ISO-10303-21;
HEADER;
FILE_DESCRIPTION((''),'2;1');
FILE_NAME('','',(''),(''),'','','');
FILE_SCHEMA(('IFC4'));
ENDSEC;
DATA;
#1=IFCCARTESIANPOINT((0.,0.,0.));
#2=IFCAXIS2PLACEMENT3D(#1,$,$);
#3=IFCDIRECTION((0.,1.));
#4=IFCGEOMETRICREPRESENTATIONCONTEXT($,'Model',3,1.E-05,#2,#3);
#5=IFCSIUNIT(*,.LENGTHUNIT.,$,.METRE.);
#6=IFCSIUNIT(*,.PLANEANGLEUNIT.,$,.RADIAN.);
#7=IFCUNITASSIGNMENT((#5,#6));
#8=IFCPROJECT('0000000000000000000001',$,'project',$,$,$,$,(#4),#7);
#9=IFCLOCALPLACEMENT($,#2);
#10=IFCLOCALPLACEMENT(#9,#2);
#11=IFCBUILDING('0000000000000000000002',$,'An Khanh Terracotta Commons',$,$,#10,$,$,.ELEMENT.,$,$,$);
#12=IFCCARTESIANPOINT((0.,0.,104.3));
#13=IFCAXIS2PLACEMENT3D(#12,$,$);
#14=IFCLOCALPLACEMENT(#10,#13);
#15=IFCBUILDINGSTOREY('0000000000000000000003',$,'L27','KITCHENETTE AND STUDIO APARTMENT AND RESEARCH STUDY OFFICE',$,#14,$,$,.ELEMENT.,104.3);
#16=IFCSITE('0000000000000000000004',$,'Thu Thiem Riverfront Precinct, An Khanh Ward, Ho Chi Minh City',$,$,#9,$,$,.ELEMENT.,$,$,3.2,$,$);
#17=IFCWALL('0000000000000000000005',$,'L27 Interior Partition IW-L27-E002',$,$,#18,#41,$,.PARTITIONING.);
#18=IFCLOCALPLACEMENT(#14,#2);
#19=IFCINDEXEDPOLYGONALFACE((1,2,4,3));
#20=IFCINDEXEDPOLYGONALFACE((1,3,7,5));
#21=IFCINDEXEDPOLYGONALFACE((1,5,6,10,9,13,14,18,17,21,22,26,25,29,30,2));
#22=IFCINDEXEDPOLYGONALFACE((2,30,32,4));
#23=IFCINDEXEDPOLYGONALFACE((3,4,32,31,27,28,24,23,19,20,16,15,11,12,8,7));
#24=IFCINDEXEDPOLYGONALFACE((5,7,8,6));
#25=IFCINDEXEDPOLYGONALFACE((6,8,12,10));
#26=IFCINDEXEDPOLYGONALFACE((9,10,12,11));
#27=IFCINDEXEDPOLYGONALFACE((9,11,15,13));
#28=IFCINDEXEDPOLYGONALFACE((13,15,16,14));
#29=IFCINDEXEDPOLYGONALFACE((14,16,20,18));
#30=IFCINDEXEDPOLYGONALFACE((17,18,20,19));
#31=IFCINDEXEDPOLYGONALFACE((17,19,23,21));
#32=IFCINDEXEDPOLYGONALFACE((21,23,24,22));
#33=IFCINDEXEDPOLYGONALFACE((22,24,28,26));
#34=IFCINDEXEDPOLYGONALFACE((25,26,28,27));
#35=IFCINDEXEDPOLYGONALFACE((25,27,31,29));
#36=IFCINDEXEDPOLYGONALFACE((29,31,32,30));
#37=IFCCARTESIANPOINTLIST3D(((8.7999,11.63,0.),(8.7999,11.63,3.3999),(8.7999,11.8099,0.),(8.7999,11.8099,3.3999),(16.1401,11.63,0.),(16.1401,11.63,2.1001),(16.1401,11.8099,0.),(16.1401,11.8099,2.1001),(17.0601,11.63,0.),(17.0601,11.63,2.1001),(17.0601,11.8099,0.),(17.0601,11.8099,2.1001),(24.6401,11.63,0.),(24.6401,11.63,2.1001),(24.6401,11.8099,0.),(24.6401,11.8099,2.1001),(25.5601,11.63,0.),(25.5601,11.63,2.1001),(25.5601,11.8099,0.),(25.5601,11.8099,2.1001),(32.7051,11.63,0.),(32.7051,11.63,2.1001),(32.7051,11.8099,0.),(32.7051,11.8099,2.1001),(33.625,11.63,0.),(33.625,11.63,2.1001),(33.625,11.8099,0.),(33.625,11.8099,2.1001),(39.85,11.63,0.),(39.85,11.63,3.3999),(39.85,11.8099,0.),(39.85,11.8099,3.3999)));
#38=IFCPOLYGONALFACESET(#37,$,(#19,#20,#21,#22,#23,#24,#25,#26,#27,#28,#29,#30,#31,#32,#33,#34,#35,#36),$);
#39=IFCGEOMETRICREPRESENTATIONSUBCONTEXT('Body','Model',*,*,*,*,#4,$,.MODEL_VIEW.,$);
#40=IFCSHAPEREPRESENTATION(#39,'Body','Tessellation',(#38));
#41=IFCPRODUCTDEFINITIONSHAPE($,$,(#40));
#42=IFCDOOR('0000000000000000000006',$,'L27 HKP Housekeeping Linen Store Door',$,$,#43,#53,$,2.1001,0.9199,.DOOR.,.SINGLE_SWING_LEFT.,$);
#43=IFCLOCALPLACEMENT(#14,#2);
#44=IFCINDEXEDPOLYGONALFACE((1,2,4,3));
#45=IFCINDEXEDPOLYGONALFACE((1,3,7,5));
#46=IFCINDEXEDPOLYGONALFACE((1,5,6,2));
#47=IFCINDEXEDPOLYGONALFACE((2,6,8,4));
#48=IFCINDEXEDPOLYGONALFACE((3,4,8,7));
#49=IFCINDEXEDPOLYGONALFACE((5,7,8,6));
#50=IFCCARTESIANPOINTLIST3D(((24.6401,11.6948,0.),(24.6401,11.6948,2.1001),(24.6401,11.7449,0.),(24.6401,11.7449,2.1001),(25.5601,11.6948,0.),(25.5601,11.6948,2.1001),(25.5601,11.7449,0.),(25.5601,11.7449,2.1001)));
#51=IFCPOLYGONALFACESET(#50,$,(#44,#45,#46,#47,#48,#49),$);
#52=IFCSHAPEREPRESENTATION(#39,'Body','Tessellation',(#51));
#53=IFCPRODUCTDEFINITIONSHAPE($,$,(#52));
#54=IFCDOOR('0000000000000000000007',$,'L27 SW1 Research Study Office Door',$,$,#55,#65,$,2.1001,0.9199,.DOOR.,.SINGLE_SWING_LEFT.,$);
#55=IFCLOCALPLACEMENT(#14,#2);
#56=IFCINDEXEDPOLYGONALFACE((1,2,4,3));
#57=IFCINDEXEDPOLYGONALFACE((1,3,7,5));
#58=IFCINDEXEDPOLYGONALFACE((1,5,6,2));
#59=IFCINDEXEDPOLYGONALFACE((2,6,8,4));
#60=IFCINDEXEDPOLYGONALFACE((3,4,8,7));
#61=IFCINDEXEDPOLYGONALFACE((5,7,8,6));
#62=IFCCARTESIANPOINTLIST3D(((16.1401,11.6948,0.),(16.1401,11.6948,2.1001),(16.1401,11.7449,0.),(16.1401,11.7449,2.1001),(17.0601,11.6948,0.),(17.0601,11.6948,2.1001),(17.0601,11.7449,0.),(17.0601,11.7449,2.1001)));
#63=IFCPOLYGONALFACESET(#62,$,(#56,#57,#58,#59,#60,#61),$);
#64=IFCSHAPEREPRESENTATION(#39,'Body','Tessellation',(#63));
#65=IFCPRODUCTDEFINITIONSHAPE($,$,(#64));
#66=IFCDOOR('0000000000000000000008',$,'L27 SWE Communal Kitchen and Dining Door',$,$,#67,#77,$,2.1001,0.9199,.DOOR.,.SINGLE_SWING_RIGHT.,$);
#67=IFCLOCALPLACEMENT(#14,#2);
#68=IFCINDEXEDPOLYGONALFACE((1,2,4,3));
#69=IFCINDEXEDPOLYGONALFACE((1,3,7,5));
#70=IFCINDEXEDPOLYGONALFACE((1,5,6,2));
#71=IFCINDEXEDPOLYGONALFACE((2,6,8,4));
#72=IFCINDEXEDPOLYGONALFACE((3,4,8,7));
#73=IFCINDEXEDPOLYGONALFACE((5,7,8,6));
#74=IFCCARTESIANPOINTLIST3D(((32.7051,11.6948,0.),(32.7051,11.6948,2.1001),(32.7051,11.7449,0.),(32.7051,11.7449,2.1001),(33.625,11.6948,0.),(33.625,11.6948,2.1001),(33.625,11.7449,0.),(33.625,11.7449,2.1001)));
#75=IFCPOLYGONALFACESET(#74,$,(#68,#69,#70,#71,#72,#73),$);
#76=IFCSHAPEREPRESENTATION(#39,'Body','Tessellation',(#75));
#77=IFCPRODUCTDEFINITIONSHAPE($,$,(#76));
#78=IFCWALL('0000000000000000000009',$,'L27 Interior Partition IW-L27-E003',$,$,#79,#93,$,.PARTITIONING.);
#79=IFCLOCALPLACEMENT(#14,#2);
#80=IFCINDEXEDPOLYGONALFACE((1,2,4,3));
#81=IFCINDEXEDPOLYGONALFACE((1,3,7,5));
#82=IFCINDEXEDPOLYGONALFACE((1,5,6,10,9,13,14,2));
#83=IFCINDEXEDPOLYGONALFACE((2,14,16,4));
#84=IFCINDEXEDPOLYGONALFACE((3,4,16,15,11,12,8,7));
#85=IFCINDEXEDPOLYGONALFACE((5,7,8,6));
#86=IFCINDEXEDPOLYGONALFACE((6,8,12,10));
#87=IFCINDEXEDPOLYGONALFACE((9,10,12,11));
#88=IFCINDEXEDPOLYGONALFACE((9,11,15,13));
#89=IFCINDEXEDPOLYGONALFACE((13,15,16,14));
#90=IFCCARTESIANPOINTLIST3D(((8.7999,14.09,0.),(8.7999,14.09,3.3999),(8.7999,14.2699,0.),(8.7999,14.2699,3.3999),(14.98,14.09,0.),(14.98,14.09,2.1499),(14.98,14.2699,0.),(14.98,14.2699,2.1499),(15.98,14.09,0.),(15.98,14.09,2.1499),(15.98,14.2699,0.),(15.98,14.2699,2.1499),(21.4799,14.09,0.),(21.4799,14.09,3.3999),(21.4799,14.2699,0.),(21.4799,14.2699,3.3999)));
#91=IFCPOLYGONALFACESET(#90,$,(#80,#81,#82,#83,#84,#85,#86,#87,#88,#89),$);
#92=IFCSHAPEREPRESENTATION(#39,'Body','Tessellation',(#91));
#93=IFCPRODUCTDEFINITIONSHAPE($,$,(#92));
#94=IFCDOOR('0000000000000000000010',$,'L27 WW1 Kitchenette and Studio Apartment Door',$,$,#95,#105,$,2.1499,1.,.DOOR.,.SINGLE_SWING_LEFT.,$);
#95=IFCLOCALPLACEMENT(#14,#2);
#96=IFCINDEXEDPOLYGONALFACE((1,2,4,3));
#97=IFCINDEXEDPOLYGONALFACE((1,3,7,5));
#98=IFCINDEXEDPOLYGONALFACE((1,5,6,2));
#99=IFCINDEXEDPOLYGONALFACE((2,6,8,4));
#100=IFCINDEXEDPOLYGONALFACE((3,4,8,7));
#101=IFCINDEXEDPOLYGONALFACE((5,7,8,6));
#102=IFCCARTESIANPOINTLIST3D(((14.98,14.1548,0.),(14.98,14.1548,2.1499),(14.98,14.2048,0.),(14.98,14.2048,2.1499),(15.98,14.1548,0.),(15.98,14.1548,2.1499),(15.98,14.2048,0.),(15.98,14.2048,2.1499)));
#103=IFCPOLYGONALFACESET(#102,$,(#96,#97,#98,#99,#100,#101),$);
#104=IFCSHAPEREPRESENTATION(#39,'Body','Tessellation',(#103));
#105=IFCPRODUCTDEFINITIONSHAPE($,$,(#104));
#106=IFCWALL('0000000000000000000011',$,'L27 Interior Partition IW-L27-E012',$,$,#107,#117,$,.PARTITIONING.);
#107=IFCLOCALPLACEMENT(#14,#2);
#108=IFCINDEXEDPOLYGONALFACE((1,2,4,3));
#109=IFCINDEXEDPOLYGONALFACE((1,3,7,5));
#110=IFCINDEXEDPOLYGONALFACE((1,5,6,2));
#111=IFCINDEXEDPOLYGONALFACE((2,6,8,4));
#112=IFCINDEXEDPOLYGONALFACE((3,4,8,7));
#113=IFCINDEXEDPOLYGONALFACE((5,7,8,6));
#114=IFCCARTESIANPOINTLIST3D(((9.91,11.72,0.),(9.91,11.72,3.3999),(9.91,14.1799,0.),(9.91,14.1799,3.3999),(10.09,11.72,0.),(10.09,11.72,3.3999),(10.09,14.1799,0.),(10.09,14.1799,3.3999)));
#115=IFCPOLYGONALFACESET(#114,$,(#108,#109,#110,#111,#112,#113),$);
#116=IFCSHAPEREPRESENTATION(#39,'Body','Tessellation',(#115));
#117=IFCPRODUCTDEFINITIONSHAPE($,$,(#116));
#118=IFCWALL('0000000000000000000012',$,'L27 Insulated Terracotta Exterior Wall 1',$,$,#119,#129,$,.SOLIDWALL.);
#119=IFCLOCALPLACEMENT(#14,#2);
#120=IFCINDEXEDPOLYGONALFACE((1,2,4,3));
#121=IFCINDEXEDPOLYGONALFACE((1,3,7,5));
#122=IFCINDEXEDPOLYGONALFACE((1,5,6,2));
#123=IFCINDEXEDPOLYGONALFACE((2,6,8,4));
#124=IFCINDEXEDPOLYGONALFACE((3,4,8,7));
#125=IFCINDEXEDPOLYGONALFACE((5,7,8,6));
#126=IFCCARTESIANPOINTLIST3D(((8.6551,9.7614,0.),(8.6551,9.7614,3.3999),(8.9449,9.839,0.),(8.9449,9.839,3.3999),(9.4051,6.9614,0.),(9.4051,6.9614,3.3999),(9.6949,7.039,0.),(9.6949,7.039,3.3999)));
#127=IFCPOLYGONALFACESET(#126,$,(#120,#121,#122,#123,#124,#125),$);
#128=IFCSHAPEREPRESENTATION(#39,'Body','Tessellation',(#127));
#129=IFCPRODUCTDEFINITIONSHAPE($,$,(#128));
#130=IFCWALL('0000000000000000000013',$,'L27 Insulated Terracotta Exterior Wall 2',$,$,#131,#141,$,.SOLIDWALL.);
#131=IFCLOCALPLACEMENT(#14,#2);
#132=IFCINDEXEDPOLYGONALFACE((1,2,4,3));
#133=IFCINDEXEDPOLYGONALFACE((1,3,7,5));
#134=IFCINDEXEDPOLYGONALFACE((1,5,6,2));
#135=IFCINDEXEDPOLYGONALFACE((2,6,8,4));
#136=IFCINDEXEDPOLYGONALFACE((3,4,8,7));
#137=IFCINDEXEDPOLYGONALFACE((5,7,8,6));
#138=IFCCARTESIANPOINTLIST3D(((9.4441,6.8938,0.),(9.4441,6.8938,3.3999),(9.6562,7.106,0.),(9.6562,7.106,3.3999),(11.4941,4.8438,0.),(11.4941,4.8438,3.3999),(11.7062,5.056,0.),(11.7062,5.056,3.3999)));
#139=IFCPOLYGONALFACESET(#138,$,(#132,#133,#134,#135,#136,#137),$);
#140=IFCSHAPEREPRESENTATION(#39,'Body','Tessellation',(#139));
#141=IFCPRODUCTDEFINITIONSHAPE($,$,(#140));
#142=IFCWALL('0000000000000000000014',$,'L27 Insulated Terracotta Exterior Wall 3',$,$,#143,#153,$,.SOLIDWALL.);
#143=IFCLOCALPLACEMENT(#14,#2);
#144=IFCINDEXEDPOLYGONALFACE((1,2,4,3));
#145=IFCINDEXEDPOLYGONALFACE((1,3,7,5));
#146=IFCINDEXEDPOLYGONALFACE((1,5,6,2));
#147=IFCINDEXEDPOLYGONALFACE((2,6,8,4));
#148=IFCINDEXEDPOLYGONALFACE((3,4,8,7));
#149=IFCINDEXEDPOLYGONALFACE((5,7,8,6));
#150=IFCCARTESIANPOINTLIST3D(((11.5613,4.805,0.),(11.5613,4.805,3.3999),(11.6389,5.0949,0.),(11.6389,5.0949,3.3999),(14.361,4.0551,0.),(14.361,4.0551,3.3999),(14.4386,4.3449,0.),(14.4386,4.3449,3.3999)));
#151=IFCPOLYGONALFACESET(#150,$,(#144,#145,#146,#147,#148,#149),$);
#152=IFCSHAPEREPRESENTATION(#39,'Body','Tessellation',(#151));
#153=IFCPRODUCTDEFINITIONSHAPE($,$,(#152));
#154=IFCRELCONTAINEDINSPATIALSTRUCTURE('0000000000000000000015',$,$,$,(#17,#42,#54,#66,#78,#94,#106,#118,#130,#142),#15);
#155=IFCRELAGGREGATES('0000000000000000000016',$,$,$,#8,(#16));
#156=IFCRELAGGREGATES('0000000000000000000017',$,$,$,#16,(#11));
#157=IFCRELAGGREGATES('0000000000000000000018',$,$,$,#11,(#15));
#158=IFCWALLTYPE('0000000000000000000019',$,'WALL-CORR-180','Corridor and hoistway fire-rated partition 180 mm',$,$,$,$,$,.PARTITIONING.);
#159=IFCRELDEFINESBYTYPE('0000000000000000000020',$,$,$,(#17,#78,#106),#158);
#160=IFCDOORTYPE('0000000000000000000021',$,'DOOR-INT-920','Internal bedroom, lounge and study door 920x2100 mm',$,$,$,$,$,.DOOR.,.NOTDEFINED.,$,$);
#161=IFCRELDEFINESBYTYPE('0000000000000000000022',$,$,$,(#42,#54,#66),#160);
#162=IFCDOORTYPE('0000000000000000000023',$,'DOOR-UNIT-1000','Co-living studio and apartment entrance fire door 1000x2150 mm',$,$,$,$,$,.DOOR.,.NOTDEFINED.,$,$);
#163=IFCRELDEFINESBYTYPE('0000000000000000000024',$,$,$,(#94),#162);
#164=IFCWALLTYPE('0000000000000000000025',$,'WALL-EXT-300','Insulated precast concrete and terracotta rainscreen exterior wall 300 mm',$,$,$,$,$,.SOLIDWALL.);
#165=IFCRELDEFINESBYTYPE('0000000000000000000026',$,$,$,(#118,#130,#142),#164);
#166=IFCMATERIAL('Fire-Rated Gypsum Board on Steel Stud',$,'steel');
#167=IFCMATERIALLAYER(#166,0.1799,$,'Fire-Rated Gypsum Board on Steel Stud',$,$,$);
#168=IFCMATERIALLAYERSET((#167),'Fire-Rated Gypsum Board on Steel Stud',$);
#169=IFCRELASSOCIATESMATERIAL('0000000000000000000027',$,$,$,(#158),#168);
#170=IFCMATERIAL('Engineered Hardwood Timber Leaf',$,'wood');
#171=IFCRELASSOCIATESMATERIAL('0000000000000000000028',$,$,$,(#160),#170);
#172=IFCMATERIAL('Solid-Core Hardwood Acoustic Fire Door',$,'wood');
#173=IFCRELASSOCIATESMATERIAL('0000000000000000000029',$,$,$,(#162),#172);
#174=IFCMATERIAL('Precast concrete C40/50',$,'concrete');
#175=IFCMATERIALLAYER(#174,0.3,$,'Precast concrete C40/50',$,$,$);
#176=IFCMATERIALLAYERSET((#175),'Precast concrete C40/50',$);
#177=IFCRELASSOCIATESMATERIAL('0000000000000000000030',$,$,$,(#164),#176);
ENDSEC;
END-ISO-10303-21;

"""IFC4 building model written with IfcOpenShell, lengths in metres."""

from ifc_helpers import new_model, si_unit, direction, frame, frame_2d, origin, place, context, subcontext, project, spatial, rectangle, extrude, material, layer, layer_set, type_object, element, fill, save


model = new_model("IFC4")

# Units and contexts
model_context = context("Model", 3, precision=1e-05, world=origin(), true_north=direction((0.0, 1.0)))
body_context = subcontext(model_context, "Body", "Model", "MODEL_VIEW")
ifc_project = project(units=[si_unit("LENGTHUNIT", "METRE"), si_unit("PLANEANGLEUNIT", "RADIAN")], contexts=[model_context])

# Site, building, storey
site_placement = place(None, origin())
site = spatial("IfcSite", under=ifc_project, at=site_placement, Name="Thu Thiem Riverfront Precinct, An Khanh Ward, Ho Chi Minh City", CompositionType="ELEMENT", RefElevation=3.2)
building_placement = place(site_placement, origin())
building = spatial("IfcBuilding", under=site, at=building_placement, Name="An Khanh Terracotta Commons", CompositionType="ELEMENT")
storey_placement = place(building_placement, frame((0.0, 0.0, 104.3)))
storey = spatial("IfcBuildingStorey", under=building, at=storey_placement, Name="L27", Description="KITCHENETTE AND STUDIO APARTMENT AND RESEARCH STUDY OFFICE", CompositionType="ELEMENT", Elevation=104.3)

# Shared definitions
ifc_material_1 = material(Name="Precast concrete C40/50", Category="concrete")

# Wall, openings, doors
ifc_material_2 = material(Name="Fire-Rated Gypsum Board on Steel Stud", Category="steel")
ifc_layer_1 = layer(ifc_material_2, 0.1799, Name="Fire-Rated Gypsum Board on Steel Stud")
ifc_layer_set_1 = layer_set([ifc_layer_1], Name="Fire-Rated Gypsum Board on Steel Stud")
wall_type_1 = type_object("IfcWallType", Name="WALL-CORR-180", Description="Corridor and hoistway fire-rated partition 180 mm", PredefinedType="PARTITIONING", material=ifc_layer_set_1)
wall_1_placement = place(storey_placement, frame((8.8, 11.72, 0.0), z_axis=(0.0, 0.0, 1.0), x_axis=(1.0, 0.0, 0.0)))
wall_1 = element("IfcWall", 1, at=wall_1_placement, inside=storey, type_object=wall_type_1, Name="L27 Interior Partition IW-L27-E002", PredefinedType="PARTITIONING", context=body_context, shape_type="SweptSolid", body=[
    extrude(rectangle(XDim=31.05, YDim=0.1799, at=frame_2d((15.5249, 0.0))), origin(), (0.0, 0.0, 1.0), 3.3999),
])
opening_1_placement = place(wall_1_placement, frame((15.8401, 0.0, 0.0)))
opening_1 = element("IfcOpeningElement", 2, at=opening_1_placement, cuts=wall_1, PredefinedType="OPENING", context=body_context, shape_type="SweptSolid", body=[
    extrude(rectangle(XDim=0.9199, YDim=2.1001, at=frame_2d((0.46, 1.05))), frame((0.0, 0.0999, 0.0), z_axis=(0.0, -1.0, 0.0), x_axis=(1.0, 0.0, 0.0)), (0.0, 0.0, 1.0), 0.2),
])
opening_2_placement = place(wall_1_placement, frame((7.3401, 0.0, 0.0)))
opening_2 = element("IfcOpeningElement", 3, at=opening_2_placement, cuts=wall_1, PredefinedType="OPENING", context=body_context, shape_type="SweptSolid", body=[
    extrude(rectangle(XDim=0.9199, YDim=2.1001, at=frame_2d((0.46, 1.05))), frame((0.0, 0.0999, 0.0), z_axis=(0.0, -1.0, 0.0), x_axis=(1.0, 0.0, 0.0)), (0.0, 0.0, 1.0), 0.2),
])
opening_3_placement = place(wall_1_placement, frame((23.905, 0.0, 0.0)))
opening_3 = element("IfcOpeningElement", 4, at=opening_3_placement, cuts=wall_1, PredefinedType="OPENING", context=body_context, shape_type="SweptSolid", body=[
    extrude(rectangle(XDim=0.9199, YDim=2.1001, at=frame_2d((0.46, 1.05))), frame((0.0, 0.0999, 0.0), z_axis=(0.0, -1.0, 0.0), x_axis=(1.0, 0.0, 0.0)), (0.0, 0.0, 1.0), 0.2),
])
ifc_material_3 = material(Name="Engineered Hardwood Timber Leaf", Category="wood")
door_type_1 = type_object("IfcDoorType", Name="DOOR-INT-920", Description="Internal bedroom, lounge and study door 920x2100 mm", OperationType="NOTDEFINED", PredefinedType="DOOR", material=ifc_material_3)
door_1_placement = place(opening_1_placement, origin())
door_1 = element("IfcDoor", 5, at=door_1_placement, inside=storey, type_object=door_type_1, Name="L27 HKP Housekeeping Linen Store Door", OperationType="SINGLE_SWING_LEFT", OverallHeight=2.1001, OverallWidth=0.9199, PredefinedType="DOOR", context=body_context, shape_type="SweptSolid", body=[
    extrude(rectangle(XDim=0.9199, YDim=2.1001, at=frame_2d((0.46, 1.05))), frame((0.0, 0.0249, 0.0), z_axis=(0.0, -1.0, 0.0), x_axis=(1.0, 0.0, 0.0)), (0.0, 0.0, 1.0), 0.05),
])
fill(opening_1, door_1)
door_2_placement = place(opening_2_placement, origin())
door_2 = element("IfcDoor", 6, at=door_2_placement, inside=storey, type_object=door_type_1, Name="L27 SW1 Research Study Office Door", OperationType="SINGLE_SWING_LEFT", OverallHeight=2.1001, OverallWidth=0.9199, PredefinedType="DOOR", context=body_context, shape_type="SweptSolid", body=[
    extrude(rectangle(XDim=0.9199, YDim=2.1001, at=frame_2d((0.46, 1.05))), frame((0.0, 0.0249, 0.0), z_axis=(0.0, -1.0, 0.0), x_axis=(1.0, 0.0, 0.0)), (0.0, 0.0, 1.0), 0.05),
])
fill(opening_2, door_2)
door_3_placement = place(opening_3_placement, origin())
door_3 = element("IfcDoor", 7, at=door_3_placement, inside=storey, type_object=door_type_1, Name="L27 SWE Communal Kitchen and Dining Door", OperationType="SINGLE_SWING_RIGHT", OverallHeight=2.1001, OverallWidth=0.9199, PredefinedType="DOOR", context=body_context, shape_type="SweptSolid", body=[
    extrude(rectangle(XDim=0.9199, YDim=2.1001, at=frame_2d((0.46, 1.05))), frame((0.0, 0.0249, 0.0), z_axis=(0.0, -1.0, 0.0), x_axis=(1.0, 0.0, 0.0)), (0.0, 0.0, 1.0), 0.05),
])
fill(opening_3, door_3)

# Wall, opening, door
wall_2_placement = place(storey_placement, frame((8.8, 14.1799, 0.0), z_axis=(0.0, 0.0, 1.0), x_axis=(1.0, 0.0, 0.0)))
wall_2 = element("IfcWall", 8, at=wall_2_placement, inside=storey, type_object=wall_type_1, Name="L27 Interior Partition IW-L27-E003", PredefinedType="PARTITIONING", context=body_context, shape_type="SweptSolid", body=[
    extrude(rectangle(XDim=12.6799, YDim=0.1799, at=frame_2d((6.3398, 0.0))), origin(), (0.0, 0.0, 1.0), 3.3999),
])
opening_4_placement = place(wall_2_placement, frame((6.1799, 0.0, 0.0)))
opening_4 = element("IfcOpeningElement", 9, at=opening_4_placement, cuts=wall_2, PredefinedType="OPENING", context=body_context, shape_type="SweptSolid", body=[
    extrude(rectangle(XDim=1.0, YDim=2.1499, at=frame_2d((0.5, 1.075))), frame((0.0, 0.0999, 0.0), z_axis=(0.0, -1.0, 0.0), x_axis=(1.0, 0.0, 0.0)), (0.0, 0.0, 1.0), 0.2),
])
ifc_material_4 = material(Name="Solid-Core Hardwood Acoustic Fire Door", Category="wood")
door_type_2 = type_object("IfcDoorType", Name="DOOR-UNIT-1000", Description="Co-living studio and apartment entrance fire door 1000x2150 mm", OperationType="NOTDEFINED", PredefinedType="DOOR", material=ifc_material_4)
door_4_placement = place(opening_4_placement, origin())
door_4 = element("IfcDoor", 10, at=door_4_placement, inside=storey, type_object=door_type_2, Name="L27 WW1 Kitchenette and Studio Apartment Door", OperationType="SINGLE_SWING_LEFT", OverallHeight=2.1499, OverallWidth=1.0, PredefinedType="DOOR", context=body_context, shape_type="SweptSolid", body=[
    extrude(rectangle(XDim=1.0, YDim=2.1499, at=frame_2d((0.5, 1.075))), frame((0.0, 0.0249, 0.0), z_axis=(0.0, -1.0, 0.0), x_axis=(1.0, 0.0, 0.0)), (0.0, 0.0, 1.0), 0.05),
])
fill(opening_4, door_4)

# Walls
wall_3_placement = place(storey_placement, frame((10.0, 11.72, 0.0), z_axis=(0.0, 0.0, 1.0), x_axis=(0.0, 1.0, 0.0)))
element("IfcWall", 11, at=wall_3_placement, inside=storey, type_object=wall_type_1, Name="L27 Interior Partition IW-L27-E012", PredefinedType="PARTITIONING", context=body_context, shape_type="SweptSolid", body=[
    extrude(rectangle(XDim=2.46, YDim=0.1799, at=frame_2d((1.23, 0.0))), origin(), (0.0, 0.0, 1.0), 3.3999),
])
ifc_layer_2 = layer(ifc_material_1, 0.3, Name="Precast concrete C40/50")
ifc_layer_set_2 = layer_set([ifc_layer_2], Name="Precast concrete C40/50")
wall_type_2 = type_object("IfcWallType", Name="WALL-EXT-300", Description="Insulated precast concrete and terracotta rainscreen exterior wall 300 mm", PredefinedType="SOLIDWALL", material=ifc_layer_set_2)
wall_4_placement = place(storey_placement, frame((8.8, 9.8, 0.0), z_axis=(0.0, 0.0, 1.0), x_axis=(0.258732, -0.965949, 0.0)))
element("IfcWall", 12, at=wall_4_placement, inside=storey, type_object=wall_type_2, Name="L27 Insulated Terracotta Exterior Wall 1", PredefinedType="SOLIDWALL", context=body_context, shape_type="SweptSolid", body=[
    extrude(rectangle(XDim=2.8987, YDim=0.3, at=frame_2d((1.4492, 0.0))), origin(), (0.0, 0.0, 1.0), 3.3999),
])
wall_5_placement = place(storey_placement, frame((9.55, 7.0, 0.0), z_axis=(0.0, 0.0, 1.0), x_axis=(0.707107, -0.707107, 0.0)))
element("IfcWall", 13, at=wall_5_placement, inside=storey, type_object=wall_type_2, Name="L27 Insulated Terracotta Exterior Wall 2", PredefinedType="SOLIDWALL", context=body_context, shape_type="SweptSolid", body=[
    extrude(rectangle(XDim=2.8992, YDim=0.3, at=frame_2d((1.4497, 0.0))), origin(), (0.0, 0.0, 1.0), 3.3999),
])
wall_6_placement = place(storey_placement, frame((11.6001, 4.95, 0.0), z_axis=(0.0, 0.0, 1.0), x_axis=(0.965944, -0.258753, 0.0)))
element("IfcWall", 14, at=wall_6_placement, inside=storey, type_object=wall_type_2, Name="L27 Insulated Terracotta Exterior Wall 3", PredefinedType="SOLIDWALL", context=body_context, shape_type="SweptSolid", body=[
    extrude(rectangle(XDim=2.8984, YDim=0.3, at=frame_2d((1.4492, 0.0))), origin(), (0.0, 0.0, 1.0), 3.3999),
])

save(model, "model.ifc")
